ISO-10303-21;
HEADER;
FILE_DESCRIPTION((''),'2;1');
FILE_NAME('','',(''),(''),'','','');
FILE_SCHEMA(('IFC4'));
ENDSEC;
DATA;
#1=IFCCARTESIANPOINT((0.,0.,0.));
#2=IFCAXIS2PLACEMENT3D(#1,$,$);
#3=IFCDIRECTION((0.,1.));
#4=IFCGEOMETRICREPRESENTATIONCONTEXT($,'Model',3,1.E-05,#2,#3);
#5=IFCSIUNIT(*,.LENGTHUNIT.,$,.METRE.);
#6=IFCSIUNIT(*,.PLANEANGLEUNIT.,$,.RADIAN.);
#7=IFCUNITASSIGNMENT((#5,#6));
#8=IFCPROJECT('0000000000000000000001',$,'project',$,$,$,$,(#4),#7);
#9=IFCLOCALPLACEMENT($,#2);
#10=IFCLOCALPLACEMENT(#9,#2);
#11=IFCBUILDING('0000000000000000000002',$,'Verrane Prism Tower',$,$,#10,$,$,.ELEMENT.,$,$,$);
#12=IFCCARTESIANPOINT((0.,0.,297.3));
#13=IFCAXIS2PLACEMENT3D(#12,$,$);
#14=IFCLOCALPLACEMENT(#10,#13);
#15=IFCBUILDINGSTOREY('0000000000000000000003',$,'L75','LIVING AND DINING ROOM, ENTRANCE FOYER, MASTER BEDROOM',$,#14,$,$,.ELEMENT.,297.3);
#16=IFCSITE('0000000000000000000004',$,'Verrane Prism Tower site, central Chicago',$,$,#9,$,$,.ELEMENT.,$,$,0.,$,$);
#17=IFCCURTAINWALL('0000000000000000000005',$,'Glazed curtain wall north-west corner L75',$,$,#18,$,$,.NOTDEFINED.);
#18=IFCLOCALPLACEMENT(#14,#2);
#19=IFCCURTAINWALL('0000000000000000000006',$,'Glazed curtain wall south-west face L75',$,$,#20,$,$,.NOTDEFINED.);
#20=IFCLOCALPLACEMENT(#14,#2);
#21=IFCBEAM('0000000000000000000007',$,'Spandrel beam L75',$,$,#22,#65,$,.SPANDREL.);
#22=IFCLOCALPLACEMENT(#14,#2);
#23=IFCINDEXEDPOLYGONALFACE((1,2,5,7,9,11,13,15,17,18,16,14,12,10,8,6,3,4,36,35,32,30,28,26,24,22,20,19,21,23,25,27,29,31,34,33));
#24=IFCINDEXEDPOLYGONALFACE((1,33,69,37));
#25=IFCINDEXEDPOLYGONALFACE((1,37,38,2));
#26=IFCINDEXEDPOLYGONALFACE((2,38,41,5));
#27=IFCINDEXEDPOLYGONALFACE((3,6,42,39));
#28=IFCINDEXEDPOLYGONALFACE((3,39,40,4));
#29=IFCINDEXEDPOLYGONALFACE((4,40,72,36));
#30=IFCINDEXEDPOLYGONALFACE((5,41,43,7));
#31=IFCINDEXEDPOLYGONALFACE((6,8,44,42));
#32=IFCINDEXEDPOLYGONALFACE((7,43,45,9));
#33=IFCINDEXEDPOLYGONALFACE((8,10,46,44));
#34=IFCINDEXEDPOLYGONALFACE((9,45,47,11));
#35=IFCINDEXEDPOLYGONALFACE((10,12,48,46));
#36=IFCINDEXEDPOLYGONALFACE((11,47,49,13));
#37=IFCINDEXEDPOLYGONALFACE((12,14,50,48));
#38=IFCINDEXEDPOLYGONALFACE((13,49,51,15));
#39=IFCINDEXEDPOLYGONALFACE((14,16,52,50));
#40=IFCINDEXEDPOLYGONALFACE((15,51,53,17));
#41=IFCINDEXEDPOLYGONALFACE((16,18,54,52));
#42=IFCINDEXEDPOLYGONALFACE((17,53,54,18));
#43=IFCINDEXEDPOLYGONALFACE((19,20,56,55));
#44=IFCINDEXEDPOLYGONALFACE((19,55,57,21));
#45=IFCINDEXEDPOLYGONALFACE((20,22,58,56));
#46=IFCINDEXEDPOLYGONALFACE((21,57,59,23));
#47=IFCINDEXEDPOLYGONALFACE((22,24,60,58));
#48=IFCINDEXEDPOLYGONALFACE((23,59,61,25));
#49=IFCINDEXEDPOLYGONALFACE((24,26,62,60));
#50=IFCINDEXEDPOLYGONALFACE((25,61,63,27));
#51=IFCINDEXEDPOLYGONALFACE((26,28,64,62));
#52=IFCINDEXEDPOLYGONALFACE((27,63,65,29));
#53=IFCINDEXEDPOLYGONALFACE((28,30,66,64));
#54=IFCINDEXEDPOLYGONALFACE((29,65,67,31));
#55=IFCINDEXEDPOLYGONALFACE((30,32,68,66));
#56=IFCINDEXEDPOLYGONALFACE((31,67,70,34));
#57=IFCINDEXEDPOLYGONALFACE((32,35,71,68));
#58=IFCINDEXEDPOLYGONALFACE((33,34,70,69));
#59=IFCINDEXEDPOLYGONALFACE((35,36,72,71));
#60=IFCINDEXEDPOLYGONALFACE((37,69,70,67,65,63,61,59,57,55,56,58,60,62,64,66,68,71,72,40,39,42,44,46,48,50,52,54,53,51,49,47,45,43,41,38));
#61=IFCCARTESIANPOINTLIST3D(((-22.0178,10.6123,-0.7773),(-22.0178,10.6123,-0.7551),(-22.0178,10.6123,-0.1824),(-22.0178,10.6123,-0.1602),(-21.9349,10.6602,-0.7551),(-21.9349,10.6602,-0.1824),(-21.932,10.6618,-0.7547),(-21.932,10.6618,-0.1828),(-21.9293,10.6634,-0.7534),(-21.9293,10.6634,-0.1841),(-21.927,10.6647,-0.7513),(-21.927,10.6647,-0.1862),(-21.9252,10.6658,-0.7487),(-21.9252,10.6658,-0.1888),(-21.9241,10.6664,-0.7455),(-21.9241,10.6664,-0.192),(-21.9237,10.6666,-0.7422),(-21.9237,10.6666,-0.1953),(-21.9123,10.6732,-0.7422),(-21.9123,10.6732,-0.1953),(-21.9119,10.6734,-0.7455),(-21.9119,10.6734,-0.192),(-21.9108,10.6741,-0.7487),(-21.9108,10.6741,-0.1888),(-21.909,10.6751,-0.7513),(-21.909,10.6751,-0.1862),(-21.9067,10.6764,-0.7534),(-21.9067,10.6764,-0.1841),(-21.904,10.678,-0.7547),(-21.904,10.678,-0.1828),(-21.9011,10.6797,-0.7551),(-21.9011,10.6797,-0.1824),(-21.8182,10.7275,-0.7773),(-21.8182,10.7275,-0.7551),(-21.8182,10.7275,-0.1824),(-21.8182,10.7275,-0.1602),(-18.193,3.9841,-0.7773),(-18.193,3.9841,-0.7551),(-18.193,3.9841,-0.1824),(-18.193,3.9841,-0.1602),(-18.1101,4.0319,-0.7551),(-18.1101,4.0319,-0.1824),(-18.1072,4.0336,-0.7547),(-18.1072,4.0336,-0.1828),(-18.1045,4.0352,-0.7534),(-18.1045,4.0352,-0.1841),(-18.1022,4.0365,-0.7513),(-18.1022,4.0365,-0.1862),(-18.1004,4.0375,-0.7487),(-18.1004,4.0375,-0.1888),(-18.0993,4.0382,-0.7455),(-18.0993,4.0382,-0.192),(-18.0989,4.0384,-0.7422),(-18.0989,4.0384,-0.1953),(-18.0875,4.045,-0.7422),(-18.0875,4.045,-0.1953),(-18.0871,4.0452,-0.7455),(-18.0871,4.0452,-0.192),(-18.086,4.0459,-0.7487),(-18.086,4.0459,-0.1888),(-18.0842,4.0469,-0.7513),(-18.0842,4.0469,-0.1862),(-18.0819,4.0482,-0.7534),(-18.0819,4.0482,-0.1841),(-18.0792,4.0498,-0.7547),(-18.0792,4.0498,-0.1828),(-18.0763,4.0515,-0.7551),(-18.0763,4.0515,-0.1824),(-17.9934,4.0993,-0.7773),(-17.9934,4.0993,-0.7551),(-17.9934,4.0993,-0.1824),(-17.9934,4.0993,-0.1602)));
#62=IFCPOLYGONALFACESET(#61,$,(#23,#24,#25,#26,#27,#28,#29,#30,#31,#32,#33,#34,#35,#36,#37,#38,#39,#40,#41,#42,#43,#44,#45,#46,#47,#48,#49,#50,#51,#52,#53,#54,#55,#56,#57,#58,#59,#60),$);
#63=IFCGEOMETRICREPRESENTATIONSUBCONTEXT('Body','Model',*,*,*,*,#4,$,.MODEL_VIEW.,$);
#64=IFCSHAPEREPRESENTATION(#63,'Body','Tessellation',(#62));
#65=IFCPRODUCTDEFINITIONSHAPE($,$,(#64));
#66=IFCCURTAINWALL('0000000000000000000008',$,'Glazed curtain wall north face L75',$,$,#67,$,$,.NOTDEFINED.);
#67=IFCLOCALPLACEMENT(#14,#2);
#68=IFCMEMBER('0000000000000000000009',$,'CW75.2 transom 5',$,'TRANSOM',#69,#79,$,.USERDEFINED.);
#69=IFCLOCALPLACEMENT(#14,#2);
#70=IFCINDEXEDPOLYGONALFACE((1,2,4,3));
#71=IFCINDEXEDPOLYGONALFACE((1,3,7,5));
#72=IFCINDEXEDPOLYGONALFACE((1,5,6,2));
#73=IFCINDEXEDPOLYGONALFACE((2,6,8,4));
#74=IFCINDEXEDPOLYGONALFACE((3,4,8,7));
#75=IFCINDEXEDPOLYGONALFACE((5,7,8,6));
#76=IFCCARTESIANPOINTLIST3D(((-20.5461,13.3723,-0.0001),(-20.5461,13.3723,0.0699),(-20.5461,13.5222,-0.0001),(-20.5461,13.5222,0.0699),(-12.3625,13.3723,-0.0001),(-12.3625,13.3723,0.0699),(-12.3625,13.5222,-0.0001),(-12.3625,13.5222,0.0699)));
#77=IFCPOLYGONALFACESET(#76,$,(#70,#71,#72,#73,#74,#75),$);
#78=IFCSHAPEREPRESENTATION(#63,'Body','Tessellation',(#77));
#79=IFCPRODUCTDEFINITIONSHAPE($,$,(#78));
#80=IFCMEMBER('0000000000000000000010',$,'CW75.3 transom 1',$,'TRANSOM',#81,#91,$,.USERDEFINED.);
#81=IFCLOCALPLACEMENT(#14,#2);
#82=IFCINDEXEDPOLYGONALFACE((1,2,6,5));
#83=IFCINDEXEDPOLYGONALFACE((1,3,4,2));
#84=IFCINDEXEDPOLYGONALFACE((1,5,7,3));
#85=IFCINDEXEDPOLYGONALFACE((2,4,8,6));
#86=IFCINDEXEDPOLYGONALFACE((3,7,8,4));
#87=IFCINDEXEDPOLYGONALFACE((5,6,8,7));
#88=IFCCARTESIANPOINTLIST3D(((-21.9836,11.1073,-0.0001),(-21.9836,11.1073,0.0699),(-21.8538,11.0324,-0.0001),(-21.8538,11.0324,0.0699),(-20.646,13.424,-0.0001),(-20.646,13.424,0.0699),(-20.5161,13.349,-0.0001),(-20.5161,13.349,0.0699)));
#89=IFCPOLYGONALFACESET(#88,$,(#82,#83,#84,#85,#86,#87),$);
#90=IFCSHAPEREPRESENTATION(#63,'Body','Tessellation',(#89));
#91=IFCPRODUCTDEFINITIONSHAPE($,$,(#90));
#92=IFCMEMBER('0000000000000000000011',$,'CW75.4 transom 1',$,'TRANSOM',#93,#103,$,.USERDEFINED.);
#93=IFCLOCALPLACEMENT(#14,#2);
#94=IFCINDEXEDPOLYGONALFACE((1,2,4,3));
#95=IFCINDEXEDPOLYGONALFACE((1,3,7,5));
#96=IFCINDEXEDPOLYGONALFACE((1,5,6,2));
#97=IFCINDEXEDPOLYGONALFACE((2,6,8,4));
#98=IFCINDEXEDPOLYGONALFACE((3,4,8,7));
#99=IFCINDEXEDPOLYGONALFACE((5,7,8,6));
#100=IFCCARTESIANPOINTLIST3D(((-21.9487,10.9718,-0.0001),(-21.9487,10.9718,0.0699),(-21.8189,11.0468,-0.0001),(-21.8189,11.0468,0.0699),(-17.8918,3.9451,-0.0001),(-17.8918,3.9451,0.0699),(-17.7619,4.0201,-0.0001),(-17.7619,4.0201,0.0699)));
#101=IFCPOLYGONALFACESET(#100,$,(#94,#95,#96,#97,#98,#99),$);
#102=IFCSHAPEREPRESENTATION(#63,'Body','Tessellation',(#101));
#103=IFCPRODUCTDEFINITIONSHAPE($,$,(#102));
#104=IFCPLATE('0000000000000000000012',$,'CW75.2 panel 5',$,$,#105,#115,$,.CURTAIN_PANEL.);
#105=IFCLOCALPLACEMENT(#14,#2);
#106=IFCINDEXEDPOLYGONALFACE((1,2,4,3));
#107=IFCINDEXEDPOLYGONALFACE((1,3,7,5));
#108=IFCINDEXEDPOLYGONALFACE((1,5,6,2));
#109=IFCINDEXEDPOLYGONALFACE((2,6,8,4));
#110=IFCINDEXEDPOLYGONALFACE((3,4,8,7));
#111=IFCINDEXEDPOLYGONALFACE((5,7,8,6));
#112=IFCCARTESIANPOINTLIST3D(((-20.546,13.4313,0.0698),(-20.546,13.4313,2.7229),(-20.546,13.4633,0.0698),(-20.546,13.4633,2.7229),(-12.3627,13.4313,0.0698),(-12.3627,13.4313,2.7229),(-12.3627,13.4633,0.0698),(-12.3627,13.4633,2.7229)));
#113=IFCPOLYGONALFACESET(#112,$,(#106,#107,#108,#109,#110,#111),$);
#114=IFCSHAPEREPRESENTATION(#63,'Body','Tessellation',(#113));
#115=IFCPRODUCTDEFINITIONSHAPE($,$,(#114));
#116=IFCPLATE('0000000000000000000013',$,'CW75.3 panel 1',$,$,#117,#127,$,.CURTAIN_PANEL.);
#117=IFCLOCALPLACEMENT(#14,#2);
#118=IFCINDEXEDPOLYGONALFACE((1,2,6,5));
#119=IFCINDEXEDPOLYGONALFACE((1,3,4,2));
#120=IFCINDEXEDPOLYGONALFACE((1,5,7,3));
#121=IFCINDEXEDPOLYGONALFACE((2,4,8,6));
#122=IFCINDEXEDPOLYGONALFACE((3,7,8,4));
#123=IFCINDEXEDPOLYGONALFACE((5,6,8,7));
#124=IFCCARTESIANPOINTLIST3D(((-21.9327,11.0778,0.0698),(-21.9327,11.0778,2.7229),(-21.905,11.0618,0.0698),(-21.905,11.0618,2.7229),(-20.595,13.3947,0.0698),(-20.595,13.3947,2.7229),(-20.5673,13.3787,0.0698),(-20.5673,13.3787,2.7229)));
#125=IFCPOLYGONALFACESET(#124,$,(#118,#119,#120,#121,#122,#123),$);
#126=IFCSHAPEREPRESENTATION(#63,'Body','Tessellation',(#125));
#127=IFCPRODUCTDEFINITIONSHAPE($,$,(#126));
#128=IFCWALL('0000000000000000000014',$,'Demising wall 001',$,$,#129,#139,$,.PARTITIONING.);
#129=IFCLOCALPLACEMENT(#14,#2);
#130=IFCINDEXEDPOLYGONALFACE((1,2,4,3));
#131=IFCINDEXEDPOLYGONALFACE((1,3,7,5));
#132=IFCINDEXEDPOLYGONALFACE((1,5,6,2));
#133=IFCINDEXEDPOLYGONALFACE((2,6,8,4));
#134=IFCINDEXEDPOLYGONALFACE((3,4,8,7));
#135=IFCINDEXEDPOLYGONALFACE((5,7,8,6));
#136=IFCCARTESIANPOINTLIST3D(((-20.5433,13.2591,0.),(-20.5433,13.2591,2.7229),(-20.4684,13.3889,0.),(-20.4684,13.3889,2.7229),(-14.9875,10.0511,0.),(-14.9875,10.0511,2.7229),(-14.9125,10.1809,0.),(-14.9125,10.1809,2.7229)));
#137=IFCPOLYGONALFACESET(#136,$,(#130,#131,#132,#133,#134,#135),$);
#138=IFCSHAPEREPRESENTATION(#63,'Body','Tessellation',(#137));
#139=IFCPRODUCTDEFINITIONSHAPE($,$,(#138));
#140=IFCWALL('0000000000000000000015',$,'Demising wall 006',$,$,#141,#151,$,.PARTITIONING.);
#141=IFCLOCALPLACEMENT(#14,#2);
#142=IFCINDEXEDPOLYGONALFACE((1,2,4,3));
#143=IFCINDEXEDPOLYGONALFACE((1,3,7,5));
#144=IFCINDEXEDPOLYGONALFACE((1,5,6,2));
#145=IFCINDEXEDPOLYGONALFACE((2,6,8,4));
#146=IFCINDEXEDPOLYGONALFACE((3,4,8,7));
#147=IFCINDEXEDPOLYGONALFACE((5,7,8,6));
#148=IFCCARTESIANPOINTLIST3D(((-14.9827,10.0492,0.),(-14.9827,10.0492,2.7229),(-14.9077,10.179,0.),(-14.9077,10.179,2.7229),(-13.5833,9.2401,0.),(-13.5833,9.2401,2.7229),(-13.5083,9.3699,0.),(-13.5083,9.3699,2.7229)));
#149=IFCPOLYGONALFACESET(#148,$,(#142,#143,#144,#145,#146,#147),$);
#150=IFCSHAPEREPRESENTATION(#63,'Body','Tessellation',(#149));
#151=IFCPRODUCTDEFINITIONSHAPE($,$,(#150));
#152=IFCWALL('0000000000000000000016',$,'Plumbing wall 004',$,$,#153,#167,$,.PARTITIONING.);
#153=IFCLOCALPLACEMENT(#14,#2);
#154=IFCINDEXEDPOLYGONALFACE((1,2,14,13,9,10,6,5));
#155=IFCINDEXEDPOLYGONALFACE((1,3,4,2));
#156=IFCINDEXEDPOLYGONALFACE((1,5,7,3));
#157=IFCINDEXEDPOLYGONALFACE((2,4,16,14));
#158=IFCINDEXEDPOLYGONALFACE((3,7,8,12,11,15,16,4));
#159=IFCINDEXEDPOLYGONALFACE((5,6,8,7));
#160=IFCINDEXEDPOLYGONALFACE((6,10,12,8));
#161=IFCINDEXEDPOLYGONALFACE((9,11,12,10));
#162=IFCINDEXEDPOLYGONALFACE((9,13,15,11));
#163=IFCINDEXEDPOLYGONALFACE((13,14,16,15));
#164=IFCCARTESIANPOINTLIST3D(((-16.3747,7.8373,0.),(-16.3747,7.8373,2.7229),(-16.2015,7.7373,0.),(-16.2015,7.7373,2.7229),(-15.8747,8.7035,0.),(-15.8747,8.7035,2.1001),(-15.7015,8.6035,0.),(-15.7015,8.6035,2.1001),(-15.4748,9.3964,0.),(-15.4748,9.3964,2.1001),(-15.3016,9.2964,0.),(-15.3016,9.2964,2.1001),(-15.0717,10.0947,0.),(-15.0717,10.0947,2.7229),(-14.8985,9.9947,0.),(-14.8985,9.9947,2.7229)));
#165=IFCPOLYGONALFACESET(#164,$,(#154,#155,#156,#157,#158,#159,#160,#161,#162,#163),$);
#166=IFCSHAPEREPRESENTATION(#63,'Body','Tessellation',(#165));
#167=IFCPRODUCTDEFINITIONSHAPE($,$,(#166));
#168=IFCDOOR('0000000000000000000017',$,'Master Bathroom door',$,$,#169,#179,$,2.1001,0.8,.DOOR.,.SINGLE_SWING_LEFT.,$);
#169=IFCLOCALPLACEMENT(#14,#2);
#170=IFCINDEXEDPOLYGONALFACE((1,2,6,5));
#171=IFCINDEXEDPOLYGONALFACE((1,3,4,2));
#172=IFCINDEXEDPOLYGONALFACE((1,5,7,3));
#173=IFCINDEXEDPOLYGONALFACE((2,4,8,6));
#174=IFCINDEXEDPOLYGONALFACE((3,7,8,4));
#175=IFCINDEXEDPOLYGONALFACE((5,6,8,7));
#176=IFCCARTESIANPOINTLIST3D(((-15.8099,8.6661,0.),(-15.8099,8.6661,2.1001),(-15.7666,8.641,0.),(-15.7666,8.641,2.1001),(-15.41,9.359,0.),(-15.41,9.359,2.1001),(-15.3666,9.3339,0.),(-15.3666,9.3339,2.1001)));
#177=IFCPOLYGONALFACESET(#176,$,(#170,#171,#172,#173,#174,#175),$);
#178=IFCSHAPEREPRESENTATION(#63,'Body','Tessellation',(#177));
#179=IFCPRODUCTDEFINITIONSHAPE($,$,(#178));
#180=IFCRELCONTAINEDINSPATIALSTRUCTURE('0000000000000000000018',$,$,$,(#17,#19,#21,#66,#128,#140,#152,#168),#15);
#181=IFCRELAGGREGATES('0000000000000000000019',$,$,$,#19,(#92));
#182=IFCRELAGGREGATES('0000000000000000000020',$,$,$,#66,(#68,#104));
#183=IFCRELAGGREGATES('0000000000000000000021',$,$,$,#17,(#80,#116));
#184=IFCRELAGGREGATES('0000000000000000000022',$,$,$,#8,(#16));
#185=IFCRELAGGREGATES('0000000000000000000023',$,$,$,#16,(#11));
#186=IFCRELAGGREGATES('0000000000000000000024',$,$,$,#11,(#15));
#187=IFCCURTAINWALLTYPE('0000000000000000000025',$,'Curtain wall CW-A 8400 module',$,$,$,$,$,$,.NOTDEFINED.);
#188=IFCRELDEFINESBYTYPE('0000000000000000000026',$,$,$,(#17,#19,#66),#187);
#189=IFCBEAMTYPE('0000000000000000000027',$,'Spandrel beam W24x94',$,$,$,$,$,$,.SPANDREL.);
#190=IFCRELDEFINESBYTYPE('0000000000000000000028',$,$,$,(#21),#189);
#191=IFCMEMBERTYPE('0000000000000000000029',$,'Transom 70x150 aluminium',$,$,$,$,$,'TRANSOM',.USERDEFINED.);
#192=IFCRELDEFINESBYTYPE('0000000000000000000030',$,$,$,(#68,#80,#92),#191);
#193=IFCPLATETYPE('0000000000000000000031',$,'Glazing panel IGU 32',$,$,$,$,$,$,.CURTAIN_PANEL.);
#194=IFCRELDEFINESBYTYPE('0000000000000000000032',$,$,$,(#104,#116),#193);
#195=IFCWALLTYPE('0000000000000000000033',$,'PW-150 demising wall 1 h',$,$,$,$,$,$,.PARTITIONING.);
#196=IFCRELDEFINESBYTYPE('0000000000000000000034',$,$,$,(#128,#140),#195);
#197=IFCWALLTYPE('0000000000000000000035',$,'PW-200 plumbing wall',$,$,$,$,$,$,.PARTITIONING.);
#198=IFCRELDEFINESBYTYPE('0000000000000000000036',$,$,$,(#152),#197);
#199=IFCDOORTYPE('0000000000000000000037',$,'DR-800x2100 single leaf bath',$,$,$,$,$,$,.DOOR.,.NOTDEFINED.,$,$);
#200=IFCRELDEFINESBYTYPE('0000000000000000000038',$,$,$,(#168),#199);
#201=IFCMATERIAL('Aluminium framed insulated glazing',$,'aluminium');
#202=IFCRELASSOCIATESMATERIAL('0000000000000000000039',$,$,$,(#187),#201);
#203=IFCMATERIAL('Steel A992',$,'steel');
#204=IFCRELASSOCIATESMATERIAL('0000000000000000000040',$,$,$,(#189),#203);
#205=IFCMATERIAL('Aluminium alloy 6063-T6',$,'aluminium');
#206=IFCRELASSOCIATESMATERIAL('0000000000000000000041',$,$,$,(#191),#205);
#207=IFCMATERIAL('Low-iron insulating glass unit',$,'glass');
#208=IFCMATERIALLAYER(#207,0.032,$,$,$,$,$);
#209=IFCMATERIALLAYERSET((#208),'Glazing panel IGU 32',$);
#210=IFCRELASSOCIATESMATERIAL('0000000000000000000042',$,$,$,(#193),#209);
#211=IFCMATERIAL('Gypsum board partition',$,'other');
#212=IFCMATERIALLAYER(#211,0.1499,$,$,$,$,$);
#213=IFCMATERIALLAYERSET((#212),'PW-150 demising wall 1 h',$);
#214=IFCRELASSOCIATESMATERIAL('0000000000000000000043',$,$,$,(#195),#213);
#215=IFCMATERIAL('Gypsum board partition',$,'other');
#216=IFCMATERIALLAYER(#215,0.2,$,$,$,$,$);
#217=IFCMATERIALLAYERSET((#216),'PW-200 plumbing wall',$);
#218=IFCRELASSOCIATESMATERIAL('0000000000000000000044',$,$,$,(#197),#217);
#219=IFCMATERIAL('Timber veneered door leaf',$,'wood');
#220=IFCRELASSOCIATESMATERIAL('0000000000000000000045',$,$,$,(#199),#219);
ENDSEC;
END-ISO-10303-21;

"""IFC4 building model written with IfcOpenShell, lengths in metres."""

from ifc_helpers import new_model, si_unit, direction, frame, frame_2d, origin, origin_2d, place, context, subcontext, project, spatial, rectangle, i_section, extrude, material, layer, layer_set, material_profile, profile_set, type_object, element, fill, aggregate, save


model = new_model("IFC4")

# Units and contexts
model_context = context("Model", 3, precision=1e-05, world=origin(), true_north=direction((0.0, 1.0)))
body_context = subcontext(model_context, "Body", "Model", "MODEL_VIEW")
ifc_project = project(units=[si_unit("LENGTHUNIT", "METRE"), si_unit("PLANEANGLEUNIT", "RADIAN")], contexts=[model_context])

# Site, building, storey
site_placement = place(None, origin())
site = spatial("IfcSite", under=ifc_project, at=site_placement, Name="Verrane Prism Tower site, central Chicago", CompositionType="ELEMENT", RefElevation=0.0)
building_placement = place(site_placement, origin())
building = spatial("IfcBuilding", under=site, at=building_placement, Name="Verrane Prism Tower", CompositionType="ELEMENT")
storey_placement = place(building_placement, frame((0.0, 0.0, 297.3)))
storey = spatial("IfcBuildingStorey", under=building, at=storey_placement, Name="L75", Description="LIVING AND DINING ROOM, ENTRANCE FOYER, MASTER BEDROOM", CompositionType="ELEMENT", Elevation=297.3)

# Curtain walls
ifc_material_1 = material(Name="Aluminium framed insulated glazing", Category="aluminium")
curtain_wall_type = type_object("IfcCurtainWallType", Name="Curtain wall CW-A 8400 module", PredefinedType="NOTDEFINED", material=ifc_material_1)
curtain_wall_1_placement = place(storey_placement, origin())
curtain_wall_1 = element("IfcCurtainWall", 1, at=curtain_wall_1_placement, inside=storey, type_object=curtain_wall_type, Name="Glazed curtain wall north-west corner L75", PredefinedType="NOTDEFINED")
curtain_wall_2_placement = place(storey_placement, origin())
curtain_wall_2 = element("IfcCurtainWall", 2, at=curtain_wall_2_placement, inside=storey, type_object=curtain_wall_type, Name="Glazed curtain wall south-west face L75", PredefinedType="NOTDEFINED")

# Beam
ifc_material_2 = material(Name="Steel A992", Category="steel")
ifc_material_profile_1 = material_profile(ifc_material_2, i_section(OverallWidth=0.2305, OverallDepth=0.6172, WebThickness=0.0132, FlangeThickness=0.0222, FilletRadius=0.0129, at=origin_2d()), Name="W24x94")
ifc_profile_set_1 = profile_set([ifc_material_profile_1], Name="Steel A992")
beam_type_1 = type_object("IfcBeamType", Name="Spandrel beam W24x94", PredefinedType="SPANDREL", material=ifc_profile_set_1)
beam_1_placement = place(storey_placement, frame((-21.918, 10.6699, -0.4688), z_axis=(0.499797, -0.866143, 0.0), x_axis=(0.866143, 0.499797, 0.0)))
element("IfcBeam", 3, at=beam_1_placement, inside=storey, type_object=beam_type_1, Name="Spandrel beam L75", PredefinedType="SPANDREL", context=body_context, shape_type="SweptSolid", body=[
    extrude(i_section(OverallWidth=0.2305, OverallDepth=0.6172, WebThickness=0.0132, FlangeThickness=0.0222, FilletRadius=0.0129, at=origin_2d()), origin(), (0.0, 0.0, 1.0), 7.6526),
])

# Curtain wall, member
curtain_wall_3_placement = place(storey_placement, origin())
curtain_wall_3 = element("IfcCurtainWall", 4, at=curtain_wall_3_placement, inside=storey, type_object=curtain_wall_type, Name="Glazed curtain wall north face L75", PredefinedType="NOTDEFINED")
ifc_material_3 = material(Name="Aluminium alloy 6063-T6", Category="aluminium")
ifc_material_profile_2 = material_profile(ifc_material_3, rectangle(XDim=0.1499, YDim=0.0701, at=origin_2d()), Name="Transom 70x150 aluminium")
ifc_profile_set_2 = profile_set([ifc_material_profile_2], Name="Aluminium alloy 6063-T6")
member_type_1 = type_object("IfcMemberType", Name="Transom 70x150 aluminium", ElementType="TRANSOM", PredefinedType="USERDEFINED", material=ifc_profile_set_2)
member_1_placement = place(storey_placement, frame((-12.3625, 13.4473, 0.0349), z_axis=(-1.0, 0.0, 0.0), x_axis=(0.0, -1.0, 0.0)))
member_1 = element("IfcMember", 5, at=member_1_placement, type_object=member_type_1, Name="CW75.2 transom 5", ObjectType="TRANSOM", PredefinedType="USERDEFINED", context=body_context, shape_type="SweptSolid", body=[
    extrude(rectangle(XDim=0.1499, YDim=0.0701, at=origin_2d()), origin(), (0.0, 0.0, 1.0), 8.1836),
])

# Members
member_2_placement = place(storey_placement, frame((-20.5811, 13.3865, 0.0349), z_axis=(-0.500036, -0.866005, 0.0), x_axis=(0.866005, -0.500036, 0.0)))
member_2 = element("IfcMember", 6, at=member_2_placement, type_object=member_type_1, Name="CW75.3 transom 1", ObjectType="TRANSOM", PredefinedType="USERDEFINED", context=body_context, shape_type="SweptSolid", body=[
    extrude(rectangle(XDim=0.1499, YDim=0.0701, at=origin_2d()), origin(), (0.0, 0.0, 1.0), 2.675),
])
member_3_placement = place(storey_placement, frame((-21.8838, 11.0093, 0.0349), z_axis=(0.500006, -0.866022, 0.0), x_axis=(0.866022, 0.500006, 0.0)))
member_3 = element("IfcMember", 7, at=member_3_placement, type_object=member_type_1, Name="CW75.4 transom 1", ObjectType="TRANSOM", PredefinedType="USERDEFINED", context=body_context, shape_type="SweptSolid", body=[
    extrude(rectangle(XDim=0.1499, YDim=0.0701, at=origin_2d()), origin(), (0.0, 0.0, 1.0), 8.1138),
])
aggregate(curtain_wall_2, [member_3])

# Plates
ifc_material_4 = material(Name="Low-iron insulating glass unit", Category="glass")
ifc_layer_1 = layer(ifc_material_4, 0.032)
ifc_layer_set_1 = layer_set([ifc_layer_1], Name="Glazing panel IGU 32")
plate_type = type_object("IfcPlateType", Name="Glazing panel IGU 32", PredefinedType="CURTAIN_PANEL", material=ifc_layer_set_1)
plate_1_placement = place(storey_placement, frame((-16.4543, 13.4473, 0.0698), z_axis=(0.0, 0.0, 1.0), x_axis=(-1.0, 0.0, 0.0)))
plate_1 = element("IfcPlate", 8, at=plate_1_placement, type_object=plate_type, Name="CW75.2 panel 5", PredefinedType="CURTAIN_PANEL", context=body_context, shape_type="SweptSolid", body=[
    extrude(rectangle(XDim=8.1833, YDim=0.032, at=origin_2d()), origin(), (0.0, 0.0, 1.0), 2.6531),
])
aggregate(curtain_wall_3, [member_1, plate_1])
plate_2_placement = place(storey_placement, frame((-21.25, 12.2283, 0.0698), z_axis=(0.0, 0.0, 1.0), x_axis=(-0.500002, -0.866024, 0.0)))
plate_2 = element("IfcPlate", 9, at=plate_2_placement, type_object=plate_type, Name="CW75.3 panel 1", PredefinedType="CURTAIN_PANEL", context=body_context, shape_type="SweptSolid", body=[
    extrude(rectangle(XDim=2.6753, YDim=0.032, at=origin_2d()), origin(), (0.0, 0.0, 1.0), 2.6531),
])
aggregate(curtain_wall_1, [member_2, plate_2])

# Walls
ifc_material_5 = material(Name="Gypsum board partition", Category="other")
ifc_layer_2 = layer(ifc_material_5, 0.1499)
ifc_layer_set_2 = layer_set([ifc_layer_2], Name="PW-150 demising wall 1 h")
wall_type_1 = type_object("IfcWallType", Name="PW-150 demising wall 1 h", PredefinedType="PARTITIONING", material=ifc_layer_set_2)
wall_1_placement = place(storey_placement, frame((-20.5059, 13.324, 0.0), z_axis=(0.0, 0.0, 1.0), x_axis=(0.866005, -0.500035, 0.0)))
element("IfcWall", 10, at=wall_1_placement, inside=storey, type_object=wall_type_1, Name="Demising wall 001", PredefinedType="PARTITIONING", context=body_context, shape_type="SweptSolid", body=[
    extrude(rectangle(XDim=6.4155, YDim=0.1499, at=frame_2d((3.2078, 0.0))), origin(), (0.0, 0.0, 1.0), 2.7229),
])
wall_2_placement = place(storey_placement, frame((-14.9451, 10.114, 0.0), z_axis=(0.0, 0.0, 1.0), x_axis=(0.865723, -0.500524, 0.0)))
element("IfcWall", 11, at=wall_2_placement, inside=storey, type_object=wall_type_1, Name="Demising wall 006", PredefinedType="PARTITIONING", context=body_context, shape_type="SweptSolid", body=[
    extrude(rectangle(XDim=1.6165, YDim=0.1499, at=frame_2d((0.8081, 0.0))), origin(), (0.0, 0.0, 1.0), 2.7229),
])

# Wall, opening, door
ifc_material_6 = material(Name="Gypsum board partition", Category="other")
ifc_layer_3 = layer(ifc_material_6, 0.2)
ifc_layer_set_3 = layer_set([ifc_layer_3], Name="PW-200 plumbing wall")
wall_type_2 = type_object("IfcWallType", Name="PW-200 plumbing wall", PredefinedType="PARTITIONING", material=ifc_layer_set_3)
wall_3_placement = place(storey_placement, frame((-14.9851, 10.0447, 0.0), z_axis=(0.0, 0.0, 1.0), x_axis=(-0.499917, -0.866073, 0.0)))
wall_3 = element("IfcWall", 12, at=wall_3_placement, inside=storey, type_object=wall_type_2, Name="Plumbing wall 004", PredefinedType="PARTITIONING", context=body_context, shape_type="SweptSolid", body=[
    extrude(rectangle(XDim=2.6064, YDim=0.2, at=frame_2d((1.3032, 0.0))), origin(), (0.0, 0.0, 1.0), 2.7229),
])
opening_placement = place(wall_3_placement, frame((0.8064, 0.0, 0.0)))
opening = element("IfcOpeningElement", 13, at=opening_placement, cuts=wall_3, PredefinedType="OPENING", context=body_context, shape_type="SweptSolid", body=[
    extrude(rectangle(XDim=0.8, YDim=2.1001, at=frame_2d((0.3999, 1.05))), frame((0.0, 0.1099, 0.0), z_axis=(0.0, -1.0, 0.0), x_axis=(1.0, 0.0, 0.0)), (0.0, 0.0, 1.0), 0.22),
])
ifc_material_7 = material(Name="Timber veneered door leaf", Category="wood")
door_type = type_object("IfcDoorType", Name="DR-800x2100 single leaf bath", OperationType="NOTDEFINED", PredefinedType="DOOR", material=ifc_material_7)
door_placement = place(opening_placement, origin())
door = element("IfcDoor", 14, at=door_placement, inside=storey, type_object=door_type, Name="Master Bathroom door", OperationType="SINGLE_SWING_LEFT", OverallHeight=2.1001, OverallWidth=0.8, PredefinedType="DOOR", context=body_context, shape_type="SweptSolid", body=[
    extrude(rectangle(XDim=0.8, YDim=2.1001, at=frame_2d((0.3999, 1.05))), frame((0.0, 0.0249, 0.0), z_axis=(0.0, -1.0, 0.0), x_axis=(1.0, 0.0, 0.0)), (0.0, 0.0, 1.0), 0.05),
])
fill(opening, door)

save(model, "model.ifc")
